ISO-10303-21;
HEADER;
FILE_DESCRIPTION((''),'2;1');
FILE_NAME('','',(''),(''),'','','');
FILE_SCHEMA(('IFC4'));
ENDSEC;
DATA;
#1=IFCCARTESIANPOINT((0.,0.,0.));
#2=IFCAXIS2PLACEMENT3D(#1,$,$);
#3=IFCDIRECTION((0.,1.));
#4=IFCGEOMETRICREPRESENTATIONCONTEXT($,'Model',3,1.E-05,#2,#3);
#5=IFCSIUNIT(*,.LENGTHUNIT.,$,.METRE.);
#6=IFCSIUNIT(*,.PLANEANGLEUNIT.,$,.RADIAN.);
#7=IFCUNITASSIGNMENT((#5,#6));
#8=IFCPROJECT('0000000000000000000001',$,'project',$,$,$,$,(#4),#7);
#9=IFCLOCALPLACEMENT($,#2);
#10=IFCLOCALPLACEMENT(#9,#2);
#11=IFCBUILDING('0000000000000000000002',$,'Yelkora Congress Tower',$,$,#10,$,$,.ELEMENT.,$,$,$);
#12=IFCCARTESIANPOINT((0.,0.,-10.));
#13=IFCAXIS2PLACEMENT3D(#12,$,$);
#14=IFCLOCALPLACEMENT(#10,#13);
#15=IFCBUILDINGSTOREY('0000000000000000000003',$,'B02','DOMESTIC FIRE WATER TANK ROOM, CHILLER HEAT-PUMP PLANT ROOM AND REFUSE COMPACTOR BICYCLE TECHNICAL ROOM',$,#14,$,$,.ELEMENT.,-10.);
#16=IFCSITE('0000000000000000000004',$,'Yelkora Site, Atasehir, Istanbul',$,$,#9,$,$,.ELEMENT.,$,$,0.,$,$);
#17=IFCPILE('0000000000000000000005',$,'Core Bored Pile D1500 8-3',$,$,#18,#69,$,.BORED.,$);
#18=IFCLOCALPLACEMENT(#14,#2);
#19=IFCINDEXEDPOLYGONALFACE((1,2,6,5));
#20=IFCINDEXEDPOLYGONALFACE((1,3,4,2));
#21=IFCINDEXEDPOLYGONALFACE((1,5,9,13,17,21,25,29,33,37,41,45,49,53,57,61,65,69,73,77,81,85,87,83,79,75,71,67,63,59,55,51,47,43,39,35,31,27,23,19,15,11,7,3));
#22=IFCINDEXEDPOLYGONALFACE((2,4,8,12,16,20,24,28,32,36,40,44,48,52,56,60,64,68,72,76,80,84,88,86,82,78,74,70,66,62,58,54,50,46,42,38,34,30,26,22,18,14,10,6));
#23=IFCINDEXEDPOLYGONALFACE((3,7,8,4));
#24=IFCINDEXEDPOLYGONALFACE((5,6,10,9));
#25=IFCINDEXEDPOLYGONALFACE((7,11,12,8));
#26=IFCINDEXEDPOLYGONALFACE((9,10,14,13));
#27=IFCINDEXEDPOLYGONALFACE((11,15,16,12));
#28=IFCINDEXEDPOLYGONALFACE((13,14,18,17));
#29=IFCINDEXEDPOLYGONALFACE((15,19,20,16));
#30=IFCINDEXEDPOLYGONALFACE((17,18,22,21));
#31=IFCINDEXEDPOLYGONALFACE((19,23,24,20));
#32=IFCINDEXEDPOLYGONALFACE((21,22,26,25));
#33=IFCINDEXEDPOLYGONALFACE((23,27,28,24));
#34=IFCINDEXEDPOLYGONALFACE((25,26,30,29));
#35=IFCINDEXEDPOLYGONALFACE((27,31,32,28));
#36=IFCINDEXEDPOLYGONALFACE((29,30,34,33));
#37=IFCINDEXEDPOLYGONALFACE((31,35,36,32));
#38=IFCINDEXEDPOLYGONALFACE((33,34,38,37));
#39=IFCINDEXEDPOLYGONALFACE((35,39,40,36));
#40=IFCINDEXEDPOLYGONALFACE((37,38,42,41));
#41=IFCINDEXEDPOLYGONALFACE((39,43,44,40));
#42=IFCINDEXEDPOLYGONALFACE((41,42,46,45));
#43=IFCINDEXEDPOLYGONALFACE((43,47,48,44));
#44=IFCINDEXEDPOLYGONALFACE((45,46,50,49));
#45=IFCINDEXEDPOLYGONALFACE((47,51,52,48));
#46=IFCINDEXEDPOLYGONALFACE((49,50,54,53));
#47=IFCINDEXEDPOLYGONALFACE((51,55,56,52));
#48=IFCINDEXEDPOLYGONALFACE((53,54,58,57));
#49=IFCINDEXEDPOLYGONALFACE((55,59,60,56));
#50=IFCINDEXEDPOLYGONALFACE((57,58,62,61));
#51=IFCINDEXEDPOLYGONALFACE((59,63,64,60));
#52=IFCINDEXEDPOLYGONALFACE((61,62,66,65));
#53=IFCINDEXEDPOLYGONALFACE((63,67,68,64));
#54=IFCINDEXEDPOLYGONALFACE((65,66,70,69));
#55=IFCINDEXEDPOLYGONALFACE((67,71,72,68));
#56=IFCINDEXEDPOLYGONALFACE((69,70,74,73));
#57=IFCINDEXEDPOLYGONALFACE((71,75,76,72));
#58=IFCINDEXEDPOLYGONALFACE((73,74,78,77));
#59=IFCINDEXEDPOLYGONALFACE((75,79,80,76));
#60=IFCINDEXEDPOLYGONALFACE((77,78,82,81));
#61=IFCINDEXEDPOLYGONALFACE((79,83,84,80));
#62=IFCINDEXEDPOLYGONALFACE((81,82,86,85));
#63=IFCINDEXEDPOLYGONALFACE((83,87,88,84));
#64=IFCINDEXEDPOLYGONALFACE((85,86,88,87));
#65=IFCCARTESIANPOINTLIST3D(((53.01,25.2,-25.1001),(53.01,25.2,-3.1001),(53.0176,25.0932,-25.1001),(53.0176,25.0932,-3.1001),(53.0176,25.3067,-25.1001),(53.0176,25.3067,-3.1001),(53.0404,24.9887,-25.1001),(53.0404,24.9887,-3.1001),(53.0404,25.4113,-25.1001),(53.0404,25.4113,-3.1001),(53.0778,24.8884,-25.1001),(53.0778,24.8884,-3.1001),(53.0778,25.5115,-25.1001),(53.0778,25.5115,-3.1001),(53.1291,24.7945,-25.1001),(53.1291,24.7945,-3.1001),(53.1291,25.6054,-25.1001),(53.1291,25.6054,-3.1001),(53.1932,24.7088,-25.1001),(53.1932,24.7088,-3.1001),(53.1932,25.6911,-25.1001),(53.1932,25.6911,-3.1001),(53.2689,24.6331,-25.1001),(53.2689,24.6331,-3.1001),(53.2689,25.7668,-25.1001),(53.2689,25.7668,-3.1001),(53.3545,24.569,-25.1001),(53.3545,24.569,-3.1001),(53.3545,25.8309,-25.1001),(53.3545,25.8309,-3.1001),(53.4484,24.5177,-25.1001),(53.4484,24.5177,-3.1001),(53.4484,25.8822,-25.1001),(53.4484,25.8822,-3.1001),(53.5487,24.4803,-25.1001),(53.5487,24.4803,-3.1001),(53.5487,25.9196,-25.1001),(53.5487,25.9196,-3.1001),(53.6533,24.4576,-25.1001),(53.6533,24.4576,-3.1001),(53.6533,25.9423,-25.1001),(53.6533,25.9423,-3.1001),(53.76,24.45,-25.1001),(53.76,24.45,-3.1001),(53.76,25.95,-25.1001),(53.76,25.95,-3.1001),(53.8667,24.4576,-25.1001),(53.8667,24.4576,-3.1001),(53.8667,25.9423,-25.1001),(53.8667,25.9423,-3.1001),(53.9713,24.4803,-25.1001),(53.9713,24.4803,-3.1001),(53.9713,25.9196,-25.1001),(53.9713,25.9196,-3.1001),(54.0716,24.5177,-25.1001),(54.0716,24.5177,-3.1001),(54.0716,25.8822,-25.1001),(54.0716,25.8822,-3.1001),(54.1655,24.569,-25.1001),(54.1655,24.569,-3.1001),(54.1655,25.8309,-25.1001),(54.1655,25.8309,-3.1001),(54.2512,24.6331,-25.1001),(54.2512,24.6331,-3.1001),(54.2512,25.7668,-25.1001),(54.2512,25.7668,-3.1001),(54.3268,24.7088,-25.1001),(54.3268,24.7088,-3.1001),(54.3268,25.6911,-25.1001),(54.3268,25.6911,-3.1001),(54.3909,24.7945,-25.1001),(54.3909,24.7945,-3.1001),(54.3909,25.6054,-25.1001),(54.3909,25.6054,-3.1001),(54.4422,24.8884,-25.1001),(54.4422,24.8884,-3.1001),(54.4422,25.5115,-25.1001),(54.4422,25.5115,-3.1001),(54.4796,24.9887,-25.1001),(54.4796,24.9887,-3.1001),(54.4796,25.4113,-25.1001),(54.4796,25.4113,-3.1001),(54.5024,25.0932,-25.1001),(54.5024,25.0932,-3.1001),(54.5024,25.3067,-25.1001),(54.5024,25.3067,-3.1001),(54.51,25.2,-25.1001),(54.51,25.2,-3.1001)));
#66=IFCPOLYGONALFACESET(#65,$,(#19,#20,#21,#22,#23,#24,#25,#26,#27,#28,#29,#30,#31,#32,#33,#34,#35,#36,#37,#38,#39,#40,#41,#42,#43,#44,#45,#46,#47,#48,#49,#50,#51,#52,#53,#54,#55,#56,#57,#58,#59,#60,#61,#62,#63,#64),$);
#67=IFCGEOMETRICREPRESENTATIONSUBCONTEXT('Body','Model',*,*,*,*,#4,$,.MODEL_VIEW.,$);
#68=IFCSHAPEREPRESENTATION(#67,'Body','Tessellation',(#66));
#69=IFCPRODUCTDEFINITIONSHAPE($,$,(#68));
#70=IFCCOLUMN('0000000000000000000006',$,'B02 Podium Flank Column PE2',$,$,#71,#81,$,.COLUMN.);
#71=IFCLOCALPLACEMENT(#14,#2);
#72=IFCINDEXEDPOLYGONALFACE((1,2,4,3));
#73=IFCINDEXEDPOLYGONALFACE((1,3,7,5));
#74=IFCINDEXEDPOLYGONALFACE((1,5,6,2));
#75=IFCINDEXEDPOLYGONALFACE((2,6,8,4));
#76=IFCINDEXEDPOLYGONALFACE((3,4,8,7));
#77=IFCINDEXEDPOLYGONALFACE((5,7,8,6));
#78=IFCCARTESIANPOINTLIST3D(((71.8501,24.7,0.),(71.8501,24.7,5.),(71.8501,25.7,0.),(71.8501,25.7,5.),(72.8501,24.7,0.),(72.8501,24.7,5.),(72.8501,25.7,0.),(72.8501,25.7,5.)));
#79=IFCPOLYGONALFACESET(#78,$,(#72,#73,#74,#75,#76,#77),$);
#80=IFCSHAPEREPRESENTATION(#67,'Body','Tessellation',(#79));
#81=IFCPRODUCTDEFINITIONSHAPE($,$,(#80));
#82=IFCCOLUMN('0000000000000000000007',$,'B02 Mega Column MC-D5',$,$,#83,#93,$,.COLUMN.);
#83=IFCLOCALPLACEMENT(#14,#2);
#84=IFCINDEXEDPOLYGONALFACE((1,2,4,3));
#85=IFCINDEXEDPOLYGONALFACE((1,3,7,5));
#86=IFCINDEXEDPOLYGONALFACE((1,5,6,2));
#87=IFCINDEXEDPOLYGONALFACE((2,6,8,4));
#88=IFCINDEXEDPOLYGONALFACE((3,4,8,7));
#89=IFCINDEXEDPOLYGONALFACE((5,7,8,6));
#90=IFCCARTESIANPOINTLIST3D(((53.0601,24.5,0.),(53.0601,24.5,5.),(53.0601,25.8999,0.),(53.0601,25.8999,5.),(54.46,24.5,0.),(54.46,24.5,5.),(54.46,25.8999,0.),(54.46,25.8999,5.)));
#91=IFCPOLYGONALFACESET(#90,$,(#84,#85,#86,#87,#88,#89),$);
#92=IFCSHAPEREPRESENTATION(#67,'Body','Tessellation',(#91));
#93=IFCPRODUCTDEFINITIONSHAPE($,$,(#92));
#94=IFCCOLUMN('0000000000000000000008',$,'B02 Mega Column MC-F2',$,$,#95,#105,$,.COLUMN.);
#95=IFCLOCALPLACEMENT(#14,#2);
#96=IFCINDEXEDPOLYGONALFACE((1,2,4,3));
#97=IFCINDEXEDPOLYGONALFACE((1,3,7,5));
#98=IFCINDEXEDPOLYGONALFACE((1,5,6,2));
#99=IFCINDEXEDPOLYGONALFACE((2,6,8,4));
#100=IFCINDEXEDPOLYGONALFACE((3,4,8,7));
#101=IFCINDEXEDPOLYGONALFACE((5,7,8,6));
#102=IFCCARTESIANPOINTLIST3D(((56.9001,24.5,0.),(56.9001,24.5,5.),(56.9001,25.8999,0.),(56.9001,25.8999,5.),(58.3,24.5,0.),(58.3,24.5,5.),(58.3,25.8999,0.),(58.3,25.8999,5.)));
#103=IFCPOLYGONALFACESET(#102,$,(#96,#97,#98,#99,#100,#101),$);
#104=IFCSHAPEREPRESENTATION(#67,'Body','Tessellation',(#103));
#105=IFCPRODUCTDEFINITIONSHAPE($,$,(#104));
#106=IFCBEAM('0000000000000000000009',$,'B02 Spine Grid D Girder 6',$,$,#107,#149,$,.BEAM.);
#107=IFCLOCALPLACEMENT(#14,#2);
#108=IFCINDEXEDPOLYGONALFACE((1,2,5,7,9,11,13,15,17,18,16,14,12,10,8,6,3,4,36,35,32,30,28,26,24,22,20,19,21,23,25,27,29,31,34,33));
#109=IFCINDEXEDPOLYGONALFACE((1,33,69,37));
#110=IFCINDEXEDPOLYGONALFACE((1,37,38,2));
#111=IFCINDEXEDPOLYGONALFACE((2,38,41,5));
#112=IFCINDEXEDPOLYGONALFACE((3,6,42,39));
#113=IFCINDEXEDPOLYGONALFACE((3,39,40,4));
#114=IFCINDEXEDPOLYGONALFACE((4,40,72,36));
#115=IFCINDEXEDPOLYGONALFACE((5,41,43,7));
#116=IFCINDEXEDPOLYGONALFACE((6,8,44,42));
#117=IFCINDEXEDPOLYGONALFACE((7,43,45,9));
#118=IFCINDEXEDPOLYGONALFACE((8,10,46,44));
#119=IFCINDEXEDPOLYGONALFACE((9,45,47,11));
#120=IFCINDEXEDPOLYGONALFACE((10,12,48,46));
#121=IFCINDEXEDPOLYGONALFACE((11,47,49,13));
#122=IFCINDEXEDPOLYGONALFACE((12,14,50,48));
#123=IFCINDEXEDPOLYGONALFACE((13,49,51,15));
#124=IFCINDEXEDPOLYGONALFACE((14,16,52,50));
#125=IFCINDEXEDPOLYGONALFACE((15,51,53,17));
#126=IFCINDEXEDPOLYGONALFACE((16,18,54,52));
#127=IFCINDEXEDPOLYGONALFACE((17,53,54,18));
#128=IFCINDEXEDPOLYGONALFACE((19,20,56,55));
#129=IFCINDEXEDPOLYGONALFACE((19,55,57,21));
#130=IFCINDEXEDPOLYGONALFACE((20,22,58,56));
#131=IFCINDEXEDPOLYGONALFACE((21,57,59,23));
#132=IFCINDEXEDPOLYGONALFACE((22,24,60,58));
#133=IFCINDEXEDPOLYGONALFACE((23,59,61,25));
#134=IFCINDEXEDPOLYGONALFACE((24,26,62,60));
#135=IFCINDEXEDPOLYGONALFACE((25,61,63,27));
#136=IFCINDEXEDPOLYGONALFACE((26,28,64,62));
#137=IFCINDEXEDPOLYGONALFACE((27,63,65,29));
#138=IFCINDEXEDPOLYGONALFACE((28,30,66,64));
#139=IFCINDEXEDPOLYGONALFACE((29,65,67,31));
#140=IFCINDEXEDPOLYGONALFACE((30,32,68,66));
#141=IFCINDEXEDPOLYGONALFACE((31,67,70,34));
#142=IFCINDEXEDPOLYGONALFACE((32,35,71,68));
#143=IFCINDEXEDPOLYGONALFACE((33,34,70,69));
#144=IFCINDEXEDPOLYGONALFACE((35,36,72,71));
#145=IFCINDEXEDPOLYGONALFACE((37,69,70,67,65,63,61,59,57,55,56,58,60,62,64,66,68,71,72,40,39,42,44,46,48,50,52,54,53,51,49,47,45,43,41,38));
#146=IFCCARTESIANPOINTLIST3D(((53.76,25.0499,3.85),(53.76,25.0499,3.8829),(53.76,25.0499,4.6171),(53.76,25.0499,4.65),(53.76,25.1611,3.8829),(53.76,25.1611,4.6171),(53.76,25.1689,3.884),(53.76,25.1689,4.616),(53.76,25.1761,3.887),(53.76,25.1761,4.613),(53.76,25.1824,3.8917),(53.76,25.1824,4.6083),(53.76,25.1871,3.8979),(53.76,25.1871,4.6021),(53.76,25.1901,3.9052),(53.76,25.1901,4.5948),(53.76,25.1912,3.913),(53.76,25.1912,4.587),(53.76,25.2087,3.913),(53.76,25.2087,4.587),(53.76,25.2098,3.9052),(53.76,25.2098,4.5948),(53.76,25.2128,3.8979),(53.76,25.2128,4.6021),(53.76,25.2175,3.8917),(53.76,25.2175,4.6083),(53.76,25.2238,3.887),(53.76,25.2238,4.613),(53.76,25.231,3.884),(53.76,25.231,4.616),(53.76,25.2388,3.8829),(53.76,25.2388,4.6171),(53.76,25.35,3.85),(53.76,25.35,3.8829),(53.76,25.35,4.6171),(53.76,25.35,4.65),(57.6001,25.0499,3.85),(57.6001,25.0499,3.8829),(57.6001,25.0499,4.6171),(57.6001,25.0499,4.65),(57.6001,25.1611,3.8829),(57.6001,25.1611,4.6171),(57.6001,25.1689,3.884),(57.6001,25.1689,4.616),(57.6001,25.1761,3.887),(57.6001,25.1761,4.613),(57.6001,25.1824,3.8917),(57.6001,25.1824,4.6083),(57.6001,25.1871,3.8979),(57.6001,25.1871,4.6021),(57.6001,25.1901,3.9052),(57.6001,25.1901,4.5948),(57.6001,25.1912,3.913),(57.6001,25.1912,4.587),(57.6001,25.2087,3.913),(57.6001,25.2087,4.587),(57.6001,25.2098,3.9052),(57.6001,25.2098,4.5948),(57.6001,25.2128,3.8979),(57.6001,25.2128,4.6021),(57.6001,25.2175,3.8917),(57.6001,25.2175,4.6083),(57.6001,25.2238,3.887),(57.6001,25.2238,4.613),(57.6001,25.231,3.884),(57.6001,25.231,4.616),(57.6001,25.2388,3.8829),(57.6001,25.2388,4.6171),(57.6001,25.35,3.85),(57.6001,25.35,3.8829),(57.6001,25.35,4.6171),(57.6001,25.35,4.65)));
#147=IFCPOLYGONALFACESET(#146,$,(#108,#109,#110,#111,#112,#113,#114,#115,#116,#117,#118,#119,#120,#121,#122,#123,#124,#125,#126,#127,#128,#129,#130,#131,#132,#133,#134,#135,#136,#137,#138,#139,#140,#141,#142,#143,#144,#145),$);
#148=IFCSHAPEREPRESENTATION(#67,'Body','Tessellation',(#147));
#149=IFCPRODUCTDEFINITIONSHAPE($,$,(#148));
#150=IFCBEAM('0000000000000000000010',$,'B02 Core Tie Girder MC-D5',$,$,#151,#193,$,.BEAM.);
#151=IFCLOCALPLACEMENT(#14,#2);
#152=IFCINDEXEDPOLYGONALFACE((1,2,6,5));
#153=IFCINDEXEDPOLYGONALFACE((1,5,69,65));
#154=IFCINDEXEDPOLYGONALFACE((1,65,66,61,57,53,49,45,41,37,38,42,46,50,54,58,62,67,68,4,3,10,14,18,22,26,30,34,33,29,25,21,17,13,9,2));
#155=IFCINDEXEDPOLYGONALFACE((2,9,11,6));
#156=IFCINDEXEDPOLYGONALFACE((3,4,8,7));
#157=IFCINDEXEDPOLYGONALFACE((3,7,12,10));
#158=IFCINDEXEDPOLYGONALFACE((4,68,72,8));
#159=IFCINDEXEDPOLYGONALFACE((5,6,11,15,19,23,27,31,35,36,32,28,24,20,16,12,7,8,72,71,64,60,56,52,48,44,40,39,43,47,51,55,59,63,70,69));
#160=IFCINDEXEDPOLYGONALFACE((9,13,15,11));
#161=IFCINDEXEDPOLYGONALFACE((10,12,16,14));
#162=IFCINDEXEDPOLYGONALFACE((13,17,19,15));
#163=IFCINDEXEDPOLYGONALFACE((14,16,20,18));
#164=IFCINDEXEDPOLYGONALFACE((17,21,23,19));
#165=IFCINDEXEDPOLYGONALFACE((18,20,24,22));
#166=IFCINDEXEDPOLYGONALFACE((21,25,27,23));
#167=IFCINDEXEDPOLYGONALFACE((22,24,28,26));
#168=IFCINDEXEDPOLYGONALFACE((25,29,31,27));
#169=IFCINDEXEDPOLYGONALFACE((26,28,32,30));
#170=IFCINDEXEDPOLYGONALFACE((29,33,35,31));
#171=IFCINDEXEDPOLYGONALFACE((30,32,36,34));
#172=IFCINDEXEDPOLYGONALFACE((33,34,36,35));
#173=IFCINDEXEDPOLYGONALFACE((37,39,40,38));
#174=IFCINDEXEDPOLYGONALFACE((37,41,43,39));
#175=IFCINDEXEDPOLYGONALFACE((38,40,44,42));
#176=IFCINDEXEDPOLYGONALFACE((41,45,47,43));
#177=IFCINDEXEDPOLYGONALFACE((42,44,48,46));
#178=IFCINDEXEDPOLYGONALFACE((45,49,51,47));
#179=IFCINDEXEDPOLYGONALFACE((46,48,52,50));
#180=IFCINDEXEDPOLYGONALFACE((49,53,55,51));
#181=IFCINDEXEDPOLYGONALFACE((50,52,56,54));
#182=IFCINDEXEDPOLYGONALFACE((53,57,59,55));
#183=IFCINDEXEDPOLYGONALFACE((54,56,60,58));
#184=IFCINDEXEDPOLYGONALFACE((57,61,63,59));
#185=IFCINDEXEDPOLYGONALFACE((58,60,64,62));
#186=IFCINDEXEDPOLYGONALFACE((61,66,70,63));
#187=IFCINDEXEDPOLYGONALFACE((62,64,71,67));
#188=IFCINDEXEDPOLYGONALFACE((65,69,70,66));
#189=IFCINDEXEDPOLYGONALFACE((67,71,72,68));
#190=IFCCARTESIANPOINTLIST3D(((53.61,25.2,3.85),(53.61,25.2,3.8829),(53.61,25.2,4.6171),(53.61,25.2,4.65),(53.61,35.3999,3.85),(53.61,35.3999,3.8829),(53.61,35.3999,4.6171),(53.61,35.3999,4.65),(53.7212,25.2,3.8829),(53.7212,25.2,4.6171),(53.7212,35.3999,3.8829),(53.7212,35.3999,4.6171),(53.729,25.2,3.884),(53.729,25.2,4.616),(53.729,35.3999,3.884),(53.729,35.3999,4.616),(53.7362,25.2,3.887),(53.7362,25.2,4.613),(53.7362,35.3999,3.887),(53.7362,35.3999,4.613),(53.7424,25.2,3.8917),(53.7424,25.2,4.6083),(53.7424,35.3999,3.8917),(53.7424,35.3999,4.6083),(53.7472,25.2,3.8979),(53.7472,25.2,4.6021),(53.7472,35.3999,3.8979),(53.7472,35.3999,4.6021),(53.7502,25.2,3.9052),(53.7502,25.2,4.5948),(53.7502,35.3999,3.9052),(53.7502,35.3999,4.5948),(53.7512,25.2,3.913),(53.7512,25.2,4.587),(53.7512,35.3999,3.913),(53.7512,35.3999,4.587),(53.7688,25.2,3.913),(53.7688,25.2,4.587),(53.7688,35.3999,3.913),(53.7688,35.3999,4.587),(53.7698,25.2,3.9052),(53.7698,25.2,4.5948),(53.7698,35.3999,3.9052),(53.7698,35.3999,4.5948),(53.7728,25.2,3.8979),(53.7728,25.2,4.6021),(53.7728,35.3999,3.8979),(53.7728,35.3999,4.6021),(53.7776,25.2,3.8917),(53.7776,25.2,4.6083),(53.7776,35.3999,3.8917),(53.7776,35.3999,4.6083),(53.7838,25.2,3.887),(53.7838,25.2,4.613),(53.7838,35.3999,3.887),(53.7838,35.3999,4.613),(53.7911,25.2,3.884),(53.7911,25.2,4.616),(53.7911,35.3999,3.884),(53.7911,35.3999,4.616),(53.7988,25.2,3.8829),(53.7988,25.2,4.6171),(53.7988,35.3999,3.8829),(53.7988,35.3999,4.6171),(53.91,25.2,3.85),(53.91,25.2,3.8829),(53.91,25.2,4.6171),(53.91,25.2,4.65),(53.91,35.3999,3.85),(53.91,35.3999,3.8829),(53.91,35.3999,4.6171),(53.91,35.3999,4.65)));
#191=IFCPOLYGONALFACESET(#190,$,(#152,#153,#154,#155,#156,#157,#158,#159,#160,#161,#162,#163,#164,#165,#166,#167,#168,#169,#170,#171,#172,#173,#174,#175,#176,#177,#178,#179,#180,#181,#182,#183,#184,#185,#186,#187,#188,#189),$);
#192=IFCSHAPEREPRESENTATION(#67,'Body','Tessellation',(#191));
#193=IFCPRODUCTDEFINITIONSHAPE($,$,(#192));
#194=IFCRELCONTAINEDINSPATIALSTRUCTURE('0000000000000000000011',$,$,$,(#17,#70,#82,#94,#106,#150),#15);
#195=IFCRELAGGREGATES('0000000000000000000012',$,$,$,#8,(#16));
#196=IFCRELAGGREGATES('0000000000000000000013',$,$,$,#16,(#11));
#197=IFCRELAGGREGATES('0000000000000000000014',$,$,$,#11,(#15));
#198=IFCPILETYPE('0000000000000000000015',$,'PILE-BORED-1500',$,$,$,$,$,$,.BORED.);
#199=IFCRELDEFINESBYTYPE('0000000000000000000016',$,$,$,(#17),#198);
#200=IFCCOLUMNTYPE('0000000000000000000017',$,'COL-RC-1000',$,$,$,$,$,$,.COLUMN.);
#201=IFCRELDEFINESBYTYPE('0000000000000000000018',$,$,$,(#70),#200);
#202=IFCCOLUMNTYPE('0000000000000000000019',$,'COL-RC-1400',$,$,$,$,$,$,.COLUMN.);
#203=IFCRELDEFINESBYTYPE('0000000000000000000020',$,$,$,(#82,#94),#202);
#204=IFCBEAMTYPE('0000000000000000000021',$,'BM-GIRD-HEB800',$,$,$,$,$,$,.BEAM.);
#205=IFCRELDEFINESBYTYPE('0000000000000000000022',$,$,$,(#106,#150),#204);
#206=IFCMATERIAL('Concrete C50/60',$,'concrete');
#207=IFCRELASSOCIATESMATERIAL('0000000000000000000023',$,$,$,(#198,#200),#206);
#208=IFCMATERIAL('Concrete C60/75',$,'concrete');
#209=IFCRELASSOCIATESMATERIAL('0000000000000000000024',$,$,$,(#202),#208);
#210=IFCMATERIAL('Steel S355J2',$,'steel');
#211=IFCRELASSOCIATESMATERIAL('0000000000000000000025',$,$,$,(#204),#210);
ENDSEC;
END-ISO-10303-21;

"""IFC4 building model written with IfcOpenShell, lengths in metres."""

from ifc_helpers import new_model, si_unit, direction, frame, origin, origin_2d, place, context, subcontext, project, spatial, rectangle, circle, i_section, extrude, material, material_profile, profile_set, type_object, element, save


model = new_model("IFC4")

# Units and contexts
model_context = context("Model", 3, precision=1e-05, world=origin(), true_north=direction((0.0, 1.0)))
body_context = subcontext(model_context, "Body", "Model", "MODEL_VIEW")
ifc_project = project(units=[si_unit("LENGTHUNIT", "METRE"), si_unit("PLANEANGLEUNIT", "RADIAN")], contexts=[model_context])

# Site, building, storey
site_placement = place(None, origin())
site = spatial("IfcSite", under=ifc_project, at=site_placement, Name="Yelkora Site, Atasehir, Istanbul", CompositionType="ELEMENT", RefElevation=0.0)
building_placement = place(site_placement, origin())
building = spatial("IfcBuilding", under=site, at=building_placement, Name="Yelkora Congress Tower", CompositionType="ELEMENT")
storey_placement = place(building_placement, frame((0.0, 0.0, -10.0)))
storey = spatial("IfcBuildingStorey", under=building, at=storey_placement, Name="B02", Description="DOMESTIC FIRE WATER TANK ROOM, CHILLER HEAT-PUMP PLANT ROOM AND REFUSE COMPACTOR BICYCLE TECHNICAL ROOM", CompositionType="ELEMENT", Elevation=-10.0)

# Pile
ifc_material_1 = material(Name="Concrete C50/60", Category="concrete")
ifc_material_profile_1 = material_profile(ifc_material_1, circle(Radius=0.75, at=origin_2d()), Name="PILE D1500")
ifc_profile_set_1 = profile_set([ifc_material_profile_1], Name="Concrete C50/60")
pile_type_1 = type_object("IfcPileType", Name="PILE-BORED-1500", PredefinedType="BORED", material=ifc_profile_set_1)
for number, where, z_axis, x_axis, name in (
    (1, (53.76, 25.2, -3.1001), (0.0, 0.0, -1.0), (1.0, 0.0, 0.0), "Core Bored Pile D1500 8-3"),
):
    element("IfcPile", number, at=place(storey_placement, frame(where, z_axis=z_axis, x_axis=x_axis)), inside=storey, type_object=pile_type_1, Name=name, PredefinedType="BORED", context=body_context, shape_type="SweptSolid", body=[
        extrude(circle(Radius=0.75, at=origin_2d()), origin(), (0.0, 0.0, 1.0), 22.0),
    ])

# Columns
ifc_material_profile_2 = material_profile(ifc_material_1, rectangle(XDim=1.0, YDim=1.0, at=origin_2d()), Name="RC 1000x1000")
ifc_profile_set_2 = profile_set([ifc_material_profile_2], Name="Concrete C50/60")
column_type_1 = type_object("IfcColumnType", Name="COL-RC-1000", PredefinedType="COLUMN", material=ifc_profile_set_2)
column_placement = place(storey_placement, frame((72.3501, 25.2, 0.0), z_axis=(0.0, 0.0, 1.0), x_axis=(1.0, 0.0, 0.0)))
element("IfcColumn", 2, at=column_placement, inside=storey, type_object=column_type_1, Name="B02 Podium Flank Column PE2", PredefinedType="COLUMN", context=body_context, shape_type="SweptSolid", body=[
    extrude(rectangle(XDim=1.0, YDim=1.0, at=origin_2d()), origin(), (0.0, 0.0, 1.0), 5.0),
])
ifc_material_2 = material(Name="Concrete C60/75", Category="concrete")
ifc_material_profile_3 = material_profile(ifc_material_2, rectangle(XDim=1.3999, YDim=1.3999, at=origin_2d()), Name="RC 1400x1400")
ifc_profile_set_3 = profile_set([ifc_material_profile_3], Name="Concrete C60/75")
column_type_2 = type_object("IfcColumnType", Name="COL-RC-1400", PredefinedType="COLUMN", material=ifc_profile_set_3)
for number, where, z_axis, x_axis, name in (
    (3, (53.76, 25.2, 0.0), (0.0, 0.0, 1.0), (1.0, 0.0, 0.0), "B02 Mega Column MC-D5"),
    (4, (57.6001, 25.2, 0.0), (0.0, 0.0, 1.0), (1.0, 0.0, 0.0), "B02 Mega Column MC-F2"),
):
    element("IfcColumn", number, at=place(storey_placement, frame(where, z_axis=z_axis, x_axis=x_axis)), inside=storey, type_object=column_type_2, Name=name, PredefinedType="COLUMN", context=body_context, shape_type="SweptSolid", body=[
        extrude(rectangle(XDim=1.3999, YDim=1.3999, at=origin_2d()), origin(), (0.0, 0.0, 1.0), 5.0),
    ])

# Beams
ifc_material_3 = material(Name="Steel S355J2", Category="steel")
ifc_material_profile_4 = material_profile(ifc_material_3, i_section(OverallWidth=0.3, OverallDepth=0.8, WebThickness=0.0176, FlangeThickness=0.033, FilletRadius=0.03, at=origin_2d()), Name="HEB 800")
ifc_profile_set_4 = profile_set([ifc_material_profile_4], Name="Steel S355J2")
beam_type_1 = type_object("IfcBeamType", Name="BM-GIRD-HEB800", PredefinedType="BEAM", material=ifc_profile_set_4)
beam_1_placement = place(storey_placement, frame((53.76, 25.2, 4.25), z_axis=(1.0, 0.0, 0.0), x_axis=(0.0, 1.0, 0.0)))
element("IfcBeam", 5, at=beam_1_placement, inside=storey, type_object=beam_type_1, Name="B02 Spine Grid D Girder 6", PredefinedType="BEAM", context=body_context, shape_type="SweptSolid", body=[
    extrude(i_section(OverallWidth=0.3, OverallDepth=0.8, WebThickness=0.0176, FlangeThickness=0.033, FilletRadius=0.03, at=origin_2d()), origin(), (0.0, 0.0, 1.0), 3.8401),
])
beam_2_placement = place(storey_placement, frame((53.76, 25.2, 4.25), z_axis=(0.0, 1.0, 0.0), x_axis=(-1.0, 0.0, 0.0)))
element("IfcBeam", 6, at=beam_2_placement, inside=storey, type_object=beam_type_1, Name="B02 Core Tie Girder MC-D5", PredefinedType="BEAM", context=body_context, shape_type="SweptSolid", body=[
    extrude(i_section(OverallWidth=0.3, OverallDepth=0.8, WebThickness=0.0176, FlangeThickness=0.033, FilletRadius=0.03, at=origin_2d()), origin(), (0.0, 0.0, 1.0), 10.2),
])

save(model, "model.ifc")
